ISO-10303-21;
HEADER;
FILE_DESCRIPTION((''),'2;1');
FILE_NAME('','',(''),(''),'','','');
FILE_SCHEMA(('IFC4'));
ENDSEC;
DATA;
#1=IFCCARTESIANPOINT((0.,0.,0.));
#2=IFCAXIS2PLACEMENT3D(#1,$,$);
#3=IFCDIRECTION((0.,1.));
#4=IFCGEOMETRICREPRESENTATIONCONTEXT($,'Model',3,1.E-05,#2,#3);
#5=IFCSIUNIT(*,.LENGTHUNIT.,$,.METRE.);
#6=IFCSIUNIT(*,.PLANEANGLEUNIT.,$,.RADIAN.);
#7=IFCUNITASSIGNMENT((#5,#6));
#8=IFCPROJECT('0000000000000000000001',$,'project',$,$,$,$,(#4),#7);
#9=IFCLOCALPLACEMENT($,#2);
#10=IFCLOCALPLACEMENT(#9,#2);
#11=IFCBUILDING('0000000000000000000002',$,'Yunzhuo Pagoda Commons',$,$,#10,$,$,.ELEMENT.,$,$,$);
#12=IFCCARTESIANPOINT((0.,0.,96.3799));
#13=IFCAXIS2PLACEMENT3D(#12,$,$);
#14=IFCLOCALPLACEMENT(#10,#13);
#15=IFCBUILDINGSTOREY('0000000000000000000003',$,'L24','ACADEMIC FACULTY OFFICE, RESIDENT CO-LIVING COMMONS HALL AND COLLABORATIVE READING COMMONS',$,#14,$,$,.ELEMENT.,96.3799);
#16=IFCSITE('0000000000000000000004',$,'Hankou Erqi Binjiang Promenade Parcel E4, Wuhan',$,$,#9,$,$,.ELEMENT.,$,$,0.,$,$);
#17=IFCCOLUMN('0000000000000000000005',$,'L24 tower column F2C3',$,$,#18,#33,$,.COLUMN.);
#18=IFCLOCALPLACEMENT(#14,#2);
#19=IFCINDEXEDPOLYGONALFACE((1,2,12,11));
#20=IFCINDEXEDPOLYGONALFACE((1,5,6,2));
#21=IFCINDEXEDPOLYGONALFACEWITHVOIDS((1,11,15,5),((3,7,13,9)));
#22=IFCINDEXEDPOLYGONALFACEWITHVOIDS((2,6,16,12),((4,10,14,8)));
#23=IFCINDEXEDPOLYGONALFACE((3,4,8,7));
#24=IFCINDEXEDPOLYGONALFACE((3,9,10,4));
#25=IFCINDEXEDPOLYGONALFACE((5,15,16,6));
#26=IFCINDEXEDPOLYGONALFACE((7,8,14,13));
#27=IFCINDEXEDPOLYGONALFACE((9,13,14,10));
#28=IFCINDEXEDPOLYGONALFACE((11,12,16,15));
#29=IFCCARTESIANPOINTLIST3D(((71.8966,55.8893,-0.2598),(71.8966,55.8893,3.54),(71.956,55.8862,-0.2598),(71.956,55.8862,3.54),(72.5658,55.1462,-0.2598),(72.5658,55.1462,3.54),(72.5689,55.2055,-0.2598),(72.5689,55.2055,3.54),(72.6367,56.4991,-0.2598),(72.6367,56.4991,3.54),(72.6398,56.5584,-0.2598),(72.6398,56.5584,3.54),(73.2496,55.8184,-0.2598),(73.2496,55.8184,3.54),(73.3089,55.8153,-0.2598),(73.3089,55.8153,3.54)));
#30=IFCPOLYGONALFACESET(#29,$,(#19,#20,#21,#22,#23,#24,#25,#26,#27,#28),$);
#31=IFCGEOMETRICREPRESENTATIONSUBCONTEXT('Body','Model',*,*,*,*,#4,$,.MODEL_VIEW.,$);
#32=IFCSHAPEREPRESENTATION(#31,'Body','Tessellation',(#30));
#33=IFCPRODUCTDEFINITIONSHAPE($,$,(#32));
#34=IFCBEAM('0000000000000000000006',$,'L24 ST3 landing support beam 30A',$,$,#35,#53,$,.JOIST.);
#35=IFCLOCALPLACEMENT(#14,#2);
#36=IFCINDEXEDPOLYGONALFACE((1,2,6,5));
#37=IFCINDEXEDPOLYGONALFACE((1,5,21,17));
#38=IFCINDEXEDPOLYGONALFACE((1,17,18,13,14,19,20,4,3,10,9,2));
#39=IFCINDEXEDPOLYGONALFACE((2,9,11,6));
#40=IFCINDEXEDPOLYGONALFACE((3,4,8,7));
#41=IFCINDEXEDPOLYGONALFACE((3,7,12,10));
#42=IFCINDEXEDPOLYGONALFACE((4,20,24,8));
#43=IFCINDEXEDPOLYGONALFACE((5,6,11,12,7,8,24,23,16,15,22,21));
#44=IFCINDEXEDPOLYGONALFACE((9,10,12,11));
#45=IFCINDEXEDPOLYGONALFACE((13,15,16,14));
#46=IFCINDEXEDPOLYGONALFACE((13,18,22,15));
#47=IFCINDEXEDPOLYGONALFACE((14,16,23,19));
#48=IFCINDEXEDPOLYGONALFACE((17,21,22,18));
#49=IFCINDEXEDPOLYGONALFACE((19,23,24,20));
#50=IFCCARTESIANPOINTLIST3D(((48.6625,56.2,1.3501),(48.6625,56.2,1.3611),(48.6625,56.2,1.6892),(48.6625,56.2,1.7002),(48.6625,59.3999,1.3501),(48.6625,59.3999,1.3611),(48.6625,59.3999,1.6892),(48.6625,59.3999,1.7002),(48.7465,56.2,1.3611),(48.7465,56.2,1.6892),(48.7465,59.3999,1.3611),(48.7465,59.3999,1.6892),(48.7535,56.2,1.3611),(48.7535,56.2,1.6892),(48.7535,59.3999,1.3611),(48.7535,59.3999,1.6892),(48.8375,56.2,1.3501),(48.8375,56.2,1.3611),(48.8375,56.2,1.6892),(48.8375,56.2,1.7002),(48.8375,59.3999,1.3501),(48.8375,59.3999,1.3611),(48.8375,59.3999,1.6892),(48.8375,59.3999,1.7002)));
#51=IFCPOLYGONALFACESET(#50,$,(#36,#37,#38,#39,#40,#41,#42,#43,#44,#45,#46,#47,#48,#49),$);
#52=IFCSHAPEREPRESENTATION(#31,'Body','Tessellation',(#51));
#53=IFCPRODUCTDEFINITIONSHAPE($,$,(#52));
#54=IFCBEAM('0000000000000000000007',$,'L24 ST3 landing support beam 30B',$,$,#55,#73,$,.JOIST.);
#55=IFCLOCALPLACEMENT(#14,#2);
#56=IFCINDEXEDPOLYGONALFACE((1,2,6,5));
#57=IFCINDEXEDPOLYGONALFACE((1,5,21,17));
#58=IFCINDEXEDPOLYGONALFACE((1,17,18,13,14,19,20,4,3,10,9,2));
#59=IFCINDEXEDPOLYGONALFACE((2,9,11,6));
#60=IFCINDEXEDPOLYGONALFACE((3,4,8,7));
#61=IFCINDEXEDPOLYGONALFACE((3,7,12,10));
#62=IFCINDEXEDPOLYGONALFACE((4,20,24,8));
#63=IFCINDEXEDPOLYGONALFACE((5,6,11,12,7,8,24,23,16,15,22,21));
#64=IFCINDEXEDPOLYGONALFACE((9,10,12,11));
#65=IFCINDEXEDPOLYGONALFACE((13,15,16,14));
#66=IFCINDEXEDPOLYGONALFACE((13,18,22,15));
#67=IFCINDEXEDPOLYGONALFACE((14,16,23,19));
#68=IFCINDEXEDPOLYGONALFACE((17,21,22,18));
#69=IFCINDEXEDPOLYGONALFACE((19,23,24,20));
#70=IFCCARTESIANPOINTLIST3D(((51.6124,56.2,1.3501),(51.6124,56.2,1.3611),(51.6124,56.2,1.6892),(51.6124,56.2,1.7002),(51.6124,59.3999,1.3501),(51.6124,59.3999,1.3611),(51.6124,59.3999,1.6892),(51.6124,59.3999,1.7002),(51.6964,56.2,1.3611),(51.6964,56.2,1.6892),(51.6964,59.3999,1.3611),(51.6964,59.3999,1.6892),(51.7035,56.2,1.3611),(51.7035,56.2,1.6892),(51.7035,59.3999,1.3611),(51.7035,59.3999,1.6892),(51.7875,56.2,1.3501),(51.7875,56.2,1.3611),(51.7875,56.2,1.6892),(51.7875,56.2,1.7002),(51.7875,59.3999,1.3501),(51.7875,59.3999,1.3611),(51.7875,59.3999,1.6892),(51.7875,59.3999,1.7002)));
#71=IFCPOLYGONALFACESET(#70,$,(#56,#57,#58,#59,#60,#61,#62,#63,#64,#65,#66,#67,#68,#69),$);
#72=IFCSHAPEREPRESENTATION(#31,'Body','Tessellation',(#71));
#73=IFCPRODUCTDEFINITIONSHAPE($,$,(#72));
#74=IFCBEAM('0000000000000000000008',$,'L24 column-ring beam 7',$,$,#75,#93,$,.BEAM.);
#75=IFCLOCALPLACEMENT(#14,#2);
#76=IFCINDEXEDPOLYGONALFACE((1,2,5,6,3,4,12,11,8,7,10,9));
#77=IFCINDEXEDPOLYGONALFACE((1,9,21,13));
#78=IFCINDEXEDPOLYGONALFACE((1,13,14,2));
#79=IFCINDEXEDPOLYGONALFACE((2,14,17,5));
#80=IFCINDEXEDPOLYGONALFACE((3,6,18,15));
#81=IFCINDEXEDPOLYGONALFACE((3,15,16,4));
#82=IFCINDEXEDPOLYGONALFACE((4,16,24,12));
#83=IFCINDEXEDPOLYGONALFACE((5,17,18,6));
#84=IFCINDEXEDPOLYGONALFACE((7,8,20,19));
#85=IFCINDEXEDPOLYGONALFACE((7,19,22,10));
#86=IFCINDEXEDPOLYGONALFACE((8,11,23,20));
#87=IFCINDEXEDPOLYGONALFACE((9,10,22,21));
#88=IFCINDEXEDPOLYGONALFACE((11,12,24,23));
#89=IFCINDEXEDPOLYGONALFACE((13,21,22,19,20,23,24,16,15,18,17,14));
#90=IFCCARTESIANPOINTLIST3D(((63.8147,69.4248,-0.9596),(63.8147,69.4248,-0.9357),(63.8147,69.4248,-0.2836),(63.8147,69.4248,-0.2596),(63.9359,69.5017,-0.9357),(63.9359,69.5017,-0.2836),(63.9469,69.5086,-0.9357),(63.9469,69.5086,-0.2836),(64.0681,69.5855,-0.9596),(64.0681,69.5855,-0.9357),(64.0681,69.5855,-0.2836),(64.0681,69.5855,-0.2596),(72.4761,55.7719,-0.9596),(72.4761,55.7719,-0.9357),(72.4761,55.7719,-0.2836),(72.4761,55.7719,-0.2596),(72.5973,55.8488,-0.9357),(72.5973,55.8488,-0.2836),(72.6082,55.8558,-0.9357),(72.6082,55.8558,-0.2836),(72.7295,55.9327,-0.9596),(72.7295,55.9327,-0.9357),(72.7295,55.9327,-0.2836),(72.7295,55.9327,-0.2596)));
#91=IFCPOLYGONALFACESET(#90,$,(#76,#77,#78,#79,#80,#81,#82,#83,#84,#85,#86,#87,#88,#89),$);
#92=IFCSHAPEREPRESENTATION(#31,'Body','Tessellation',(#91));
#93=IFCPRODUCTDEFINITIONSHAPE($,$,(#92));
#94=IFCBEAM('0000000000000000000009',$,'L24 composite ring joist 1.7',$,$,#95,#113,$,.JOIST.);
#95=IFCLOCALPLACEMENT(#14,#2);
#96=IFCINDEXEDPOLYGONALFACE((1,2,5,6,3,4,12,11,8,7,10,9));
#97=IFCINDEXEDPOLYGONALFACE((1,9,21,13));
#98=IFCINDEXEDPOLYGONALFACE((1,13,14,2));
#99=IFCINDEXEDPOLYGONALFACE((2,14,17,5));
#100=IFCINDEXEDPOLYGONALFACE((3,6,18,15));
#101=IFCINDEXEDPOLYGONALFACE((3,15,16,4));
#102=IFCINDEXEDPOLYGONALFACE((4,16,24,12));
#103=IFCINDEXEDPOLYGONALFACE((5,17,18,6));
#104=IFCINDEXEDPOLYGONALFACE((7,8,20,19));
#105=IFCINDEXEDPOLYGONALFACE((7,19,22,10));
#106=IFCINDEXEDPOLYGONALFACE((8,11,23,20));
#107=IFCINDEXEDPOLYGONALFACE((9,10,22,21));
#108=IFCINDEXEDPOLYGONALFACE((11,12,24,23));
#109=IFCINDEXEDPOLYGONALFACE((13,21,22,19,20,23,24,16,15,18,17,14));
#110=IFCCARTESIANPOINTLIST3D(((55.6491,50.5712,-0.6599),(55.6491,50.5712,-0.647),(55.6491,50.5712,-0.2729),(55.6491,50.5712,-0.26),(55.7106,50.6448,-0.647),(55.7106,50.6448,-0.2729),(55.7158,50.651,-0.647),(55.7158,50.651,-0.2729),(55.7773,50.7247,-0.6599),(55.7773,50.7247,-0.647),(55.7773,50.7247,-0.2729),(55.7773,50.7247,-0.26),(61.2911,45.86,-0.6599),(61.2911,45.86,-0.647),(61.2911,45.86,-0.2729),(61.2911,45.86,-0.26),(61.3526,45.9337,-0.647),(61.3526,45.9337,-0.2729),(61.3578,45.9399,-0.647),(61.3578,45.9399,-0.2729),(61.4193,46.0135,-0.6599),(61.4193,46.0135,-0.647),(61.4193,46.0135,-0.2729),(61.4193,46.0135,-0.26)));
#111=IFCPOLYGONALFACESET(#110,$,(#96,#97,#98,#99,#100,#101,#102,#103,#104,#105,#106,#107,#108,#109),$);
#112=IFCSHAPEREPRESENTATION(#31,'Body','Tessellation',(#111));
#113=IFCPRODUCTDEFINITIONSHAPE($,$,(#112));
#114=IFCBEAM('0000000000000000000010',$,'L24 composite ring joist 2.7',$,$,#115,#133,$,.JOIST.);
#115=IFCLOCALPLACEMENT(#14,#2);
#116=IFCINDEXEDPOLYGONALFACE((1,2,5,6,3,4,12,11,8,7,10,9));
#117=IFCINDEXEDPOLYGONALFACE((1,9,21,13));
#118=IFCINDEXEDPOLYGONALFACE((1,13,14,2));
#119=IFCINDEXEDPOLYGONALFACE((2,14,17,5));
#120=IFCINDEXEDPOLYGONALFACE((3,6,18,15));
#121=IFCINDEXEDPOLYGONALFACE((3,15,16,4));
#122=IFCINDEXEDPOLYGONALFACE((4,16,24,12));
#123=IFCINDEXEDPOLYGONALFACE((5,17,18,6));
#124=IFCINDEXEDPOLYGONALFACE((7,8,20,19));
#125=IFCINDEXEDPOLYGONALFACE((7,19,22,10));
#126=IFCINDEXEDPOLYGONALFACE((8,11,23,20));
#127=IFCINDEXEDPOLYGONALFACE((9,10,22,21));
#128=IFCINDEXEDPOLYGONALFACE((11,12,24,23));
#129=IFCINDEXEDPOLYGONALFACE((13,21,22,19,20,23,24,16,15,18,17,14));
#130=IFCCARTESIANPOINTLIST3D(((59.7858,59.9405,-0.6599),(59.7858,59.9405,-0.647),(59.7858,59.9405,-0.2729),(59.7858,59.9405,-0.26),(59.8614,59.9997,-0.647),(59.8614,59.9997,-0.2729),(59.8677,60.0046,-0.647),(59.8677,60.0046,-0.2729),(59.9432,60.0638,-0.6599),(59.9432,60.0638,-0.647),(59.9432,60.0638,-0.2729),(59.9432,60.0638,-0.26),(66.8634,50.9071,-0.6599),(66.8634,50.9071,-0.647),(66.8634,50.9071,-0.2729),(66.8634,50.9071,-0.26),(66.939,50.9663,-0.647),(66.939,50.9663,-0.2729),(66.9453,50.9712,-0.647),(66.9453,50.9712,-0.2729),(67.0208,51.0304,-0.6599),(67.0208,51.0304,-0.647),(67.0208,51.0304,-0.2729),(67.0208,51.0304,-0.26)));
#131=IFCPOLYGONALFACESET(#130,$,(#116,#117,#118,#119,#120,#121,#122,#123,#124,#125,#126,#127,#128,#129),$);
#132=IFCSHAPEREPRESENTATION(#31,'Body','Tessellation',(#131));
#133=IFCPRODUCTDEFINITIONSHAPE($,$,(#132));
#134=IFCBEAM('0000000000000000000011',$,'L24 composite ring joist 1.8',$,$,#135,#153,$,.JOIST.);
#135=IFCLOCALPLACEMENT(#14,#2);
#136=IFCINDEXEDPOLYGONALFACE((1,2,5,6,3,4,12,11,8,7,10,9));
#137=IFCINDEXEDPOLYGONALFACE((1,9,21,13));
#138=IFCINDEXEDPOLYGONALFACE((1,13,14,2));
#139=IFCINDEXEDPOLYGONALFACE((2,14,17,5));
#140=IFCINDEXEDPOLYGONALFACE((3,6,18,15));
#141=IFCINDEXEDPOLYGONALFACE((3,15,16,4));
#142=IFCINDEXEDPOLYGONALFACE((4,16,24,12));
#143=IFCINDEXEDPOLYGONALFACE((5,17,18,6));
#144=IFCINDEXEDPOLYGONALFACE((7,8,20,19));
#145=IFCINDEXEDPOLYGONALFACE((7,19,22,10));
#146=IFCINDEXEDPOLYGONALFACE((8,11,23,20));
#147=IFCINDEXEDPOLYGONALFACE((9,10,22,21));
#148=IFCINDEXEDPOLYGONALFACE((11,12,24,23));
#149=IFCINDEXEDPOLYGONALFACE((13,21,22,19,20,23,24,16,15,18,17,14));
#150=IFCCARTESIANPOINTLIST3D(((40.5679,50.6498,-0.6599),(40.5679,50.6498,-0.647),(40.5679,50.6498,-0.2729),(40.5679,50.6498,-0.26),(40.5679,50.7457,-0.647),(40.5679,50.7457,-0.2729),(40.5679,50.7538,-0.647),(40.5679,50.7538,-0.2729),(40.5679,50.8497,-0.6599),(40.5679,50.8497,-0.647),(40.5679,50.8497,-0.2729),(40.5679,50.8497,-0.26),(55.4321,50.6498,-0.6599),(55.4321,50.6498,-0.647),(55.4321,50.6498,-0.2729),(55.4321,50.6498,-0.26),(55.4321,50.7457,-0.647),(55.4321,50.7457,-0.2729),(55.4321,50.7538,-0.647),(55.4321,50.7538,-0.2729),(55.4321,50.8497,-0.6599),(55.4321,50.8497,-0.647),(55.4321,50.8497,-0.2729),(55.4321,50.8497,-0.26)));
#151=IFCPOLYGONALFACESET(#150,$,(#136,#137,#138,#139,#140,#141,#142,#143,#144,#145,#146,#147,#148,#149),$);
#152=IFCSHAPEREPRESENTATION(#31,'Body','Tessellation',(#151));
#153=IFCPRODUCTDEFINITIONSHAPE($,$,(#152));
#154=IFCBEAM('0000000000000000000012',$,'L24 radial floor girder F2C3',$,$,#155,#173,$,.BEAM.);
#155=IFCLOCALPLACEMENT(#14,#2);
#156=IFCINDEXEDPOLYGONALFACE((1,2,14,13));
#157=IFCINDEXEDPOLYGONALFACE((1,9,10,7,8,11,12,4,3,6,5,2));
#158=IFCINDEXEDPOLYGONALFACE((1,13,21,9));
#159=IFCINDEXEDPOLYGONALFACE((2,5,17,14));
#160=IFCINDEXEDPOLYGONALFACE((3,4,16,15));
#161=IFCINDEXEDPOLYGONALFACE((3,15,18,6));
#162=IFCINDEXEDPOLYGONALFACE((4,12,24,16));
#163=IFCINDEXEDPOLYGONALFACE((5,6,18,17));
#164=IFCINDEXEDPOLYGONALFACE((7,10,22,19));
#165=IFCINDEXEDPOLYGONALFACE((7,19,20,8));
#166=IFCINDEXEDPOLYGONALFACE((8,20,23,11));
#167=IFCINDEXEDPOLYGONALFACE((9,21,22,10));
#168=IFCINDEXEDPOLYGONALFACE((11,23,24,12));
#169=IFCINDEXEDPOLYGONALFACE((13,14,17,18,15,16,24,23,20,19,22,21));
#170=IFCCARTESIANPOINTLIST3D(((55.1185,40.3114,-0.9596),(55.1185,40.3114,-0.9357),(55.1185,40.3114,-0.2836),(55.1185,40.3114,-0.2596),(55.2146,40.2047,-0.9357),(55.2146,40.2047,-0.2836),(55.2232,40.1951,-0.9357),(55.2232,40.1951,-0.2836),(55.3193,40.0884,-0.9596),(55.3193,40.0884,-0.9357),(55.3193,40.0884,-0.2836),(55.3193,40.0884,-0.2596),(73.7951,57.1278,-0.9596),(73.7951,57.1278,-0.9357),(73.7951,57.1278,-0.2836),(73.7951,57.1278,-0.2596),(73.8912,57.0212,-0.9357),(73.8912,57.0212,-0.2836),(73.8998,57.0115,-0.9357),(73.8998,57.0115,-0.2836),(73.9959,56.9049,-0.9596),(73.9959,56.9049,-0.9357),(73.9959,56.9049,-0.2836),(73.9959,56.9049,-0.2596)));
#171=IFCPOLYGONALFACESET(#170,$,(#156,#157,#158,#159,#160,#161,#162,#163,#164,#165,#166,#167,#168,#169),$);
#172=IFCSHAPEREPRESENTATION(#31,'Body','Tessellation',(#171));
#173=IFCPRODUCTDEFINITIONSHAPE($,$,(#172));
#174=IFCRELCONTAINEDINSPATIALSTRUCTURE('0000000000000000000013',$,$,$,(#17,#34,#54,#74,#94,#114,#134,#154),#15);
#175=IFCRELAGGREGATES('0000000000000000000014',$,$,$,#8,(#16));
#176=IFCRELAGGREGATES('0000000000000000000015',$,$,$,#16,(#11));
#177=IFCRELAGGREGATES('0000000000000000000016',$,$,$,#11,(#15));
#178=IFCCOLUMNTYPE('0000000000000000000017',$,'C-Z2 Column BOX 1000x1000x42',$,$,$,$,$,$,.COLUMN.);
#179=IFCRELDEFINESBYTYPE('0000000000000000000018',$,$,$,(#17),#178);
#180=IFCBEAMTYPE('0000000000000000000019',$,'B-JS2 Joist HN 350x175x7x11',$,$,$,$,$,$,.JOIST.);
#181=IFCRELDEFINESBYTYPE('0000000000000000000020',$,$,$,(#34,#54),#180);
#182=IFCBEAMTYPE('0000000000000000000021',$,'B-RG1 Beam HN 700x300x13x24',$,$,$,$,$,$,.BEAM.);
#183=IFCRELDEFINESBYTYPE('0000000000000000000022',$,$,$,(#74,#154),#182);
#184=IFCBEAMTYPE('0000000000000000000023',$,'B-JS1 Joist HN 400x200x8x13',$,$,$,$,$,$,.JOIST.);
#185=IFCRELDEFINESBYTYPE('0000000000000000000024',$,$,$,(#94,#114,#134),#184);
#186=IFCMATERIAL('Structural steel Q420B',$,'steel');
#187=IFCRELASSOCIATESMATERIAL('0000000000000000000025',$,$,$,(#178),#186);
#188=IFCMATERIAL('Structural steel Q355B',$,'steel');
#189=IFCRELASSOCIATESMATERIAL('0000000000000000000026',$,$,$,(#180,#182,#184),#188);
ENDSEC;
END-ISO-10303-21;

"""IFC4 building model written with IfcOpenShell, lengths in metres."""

from ifc_helpers import new_model, si_unit, direction, frame, origin, origin_2d, place, context, subcontext, project, spatial, hollow_rectangle, i_section, extrude, source, transform, mapped, material, material_profile, profile_set, type_object, element, save


model = new_model("IFC4")

# Units and contexts
model_context = context("Model", 3, precision=1e-05, world=origin(), true_north=direction((0.0, 1.0)))
body_context = subcontext(model_context, "Body", "Model", "MODEL_VIEW")
ifc_project = project(units=[si_unit("LENGTHUNIT", "METRE"), si_unit("PLANEANGLEUNIT", "RADIAN")], contexts=[model_context])

# Site, building, storey
site_placement = place(None, origin())
site = spatial("IfcSite", under=ifc_project, at=site_placement, Name="Hankou Erqi Binjiang Promenade Parcel E4, Wuhan", CompositionType="ELEMENT", RefElevation=0.0)
building_placement = place(site_placement, origin())
building = spatial("IfcBuilding", under=site, at=building_placement, Name="Yunzhuo Pagoda Commons", CompositionType="ELEMENT")
storey_placement = place(building_placement, frame((0.0, 0.0, 96.3799)))
storey = spatial("IfcBuildingStorey", under=building, at=storey_placement, Name="L24", Description="ACADEMIC FACULTY OFFICE, RESIDENT CO-LIVING COMMONS HALL AND COLLABORATIVE READING COMMONS", CompositionType="ELEMENT", Elevation=96.3799)

# Column
ifc_material_1 = material(Name="Structural steel Q420B", Category="steel")
ifc_material_profile_1 = material_profile(ifc_material_1, hollow_rectangle(XDim=1.0, YDim=1.0, WallThickness=0.042, at=origin_2d()), Name="Structural steel Q420B")
ifc_profile_set_1 = profile_set([ifc_material_profile_1], Name="Structural steel Q420B")
column_type = type_object("IfcColumnType", Name="C-Z2 Column BOX 1000x1000x42", PredefinedType="COLUMN", material=ifc_profile_set_1)
shared_shape_1 = source(origin(), body_context, "Body", "SweptSolid", [
    extrude(hollow_rectangle(XDim=1.0, YDim=1.0, WallThickness=0.042, at=origin_2d()), origin(), (0.0, 0.0, 1.0), 3.7998),
])
column_placement = place(storey_placement, frame((72.6028, 55.8523, -0.2598), z_axis=(0.0, 0.0, 1.0), x_axis=(-0.669131, 0.743145, 0.0)))
element("IfcColumn", 1, at=column_placement, inside=storey, type_object=column_type, Name="L24 tower column F2C3", PredefinedType="COLUMN", context=body_context, shape_type="MappedRepresentation", body=[
    mapped(shared_shape_1, transform((0.0, 0.0, 0.0), scale=1.0)),
])

# Beams
ifc_material_2 = material(Name="Structural steel Q355B", Category="steel")
ifc_material_profile_2 = material_profile(ifc_material_2, i_section(OverallWidth=0.175, OverallDepth=0.3501, WebThickness=0.0071, FlangeThickness=0.011, at=origin_2d()), Name="Structural steel Q355B")
ifc_profile_set_2 = profile_set([ifc_material_profile_2], Name="Structural steel Q355B")
beam_type_1 = type_object("IfcBeamType", Name="B-JS2 Joist HN 350x175x7x11", PredefinedType="JOIST", material=ifc_profile_set_2)
shared_shape_2 = source(origin(), body_context, "Body", "SweptSolid", [
    extrude(i_section(OverallWidth=0.175, OverallDepth=0.3501, WebThickness=0.0071, FlangeThickness=0.011, at=origin_2d()), origin(), (0.0, 0.0, 1.0), 3.2),
])
for number, where, z_axis, x_axis, name in (
    (2, (48.75, 56.2, 1.5251), (0.0, 1.0, 0.0), (-1.0, 0.0, 0.0), "L24 ST3 landing support beam 30A"),
    (3, (51.7, 56.2, 1.5251), (0.0, 1.0, 0.0), (-1.0, 0.0, 0.0), "L24 ST3 landing support beam 30B"),
):
    element("IfcBeam", number, at=place(storey_placement, frame(where, z_axis=z_axis, x_axis=x_axis)), inside=storey, type_object=beam_type_1, Name=name, PredefinedType="JOIST", context=body_context, shape_type="MappedRepresentation", body=[
        mapped(shared_shape_2, transform((0.0, 0.0, 0.0), scale=1.0)),
    ])
ifc_material_profile_3 = material_profile(ifc_material_2, i_section(OverallWidth=0.3, OverallDepth=0.7, WebThickness=0.0129, FlangeThickness=0.0239, at=origin_2d()), Name="Structural steel Q355B")
ifc_profile_set_3 = profile_set([ifc_material_profile_3], Name="Structural steel Q355B")
beam_type_2 = type_object("IfcBeamType", Name="B-RG1 Beam HN 700x300x13x24", PredefinedType="BEAM", material=ifc_profile_set_3)
shared_shape_3 = source(origin(), body_context, "Body", "SweptSolid", [
    extrude(i_section(OverallWidth=0.3, OverallDepth=0.7, WebThickness=0.0129, FlangeThickness=0.0239, at=origin_2d()), origin(), (0.0, 0.0, 1.0), 16.1685),
])
beam_1_placement = place(storey_placement, frame((72.6028, 55.8523, -0.6096), z_axis=(-0.535696, 0.844411, 0.0), x_axis=(-0.844411, -0.535696, 0.0)))
element("IfcBeam", 4, at=beam_1_placement, inside=storey, type_object=beam_type_2, Name="L24 column-ring beam 7", PredefinedType="BEAM", context=body_context, shape_type="MappedRepresentation", body=[
    mapped(shared_shape_3, transform((0.0, 0.0, 0.0), scale=1.0)),
])
ifc_material_profile_4 = material_profile(ifc_material_2, i_section(OverallWidth=0.2, OverallDepth=0.3999, WebThickness=0.0081, FlangeThickness=0.0129, at=origin_2d()), Name="Structural steel Q355B")
ifc_profile_set_4 = profile_set([ifc_material_profile_4], Name="Structural steel Q355B")
beam_type_3 = type_object("IfcBeamType", Name="B-JS1 Joist HN 400x200x8x13", PredefinedType="JOIST", material=ifc_profile_set_4)
shared_shape_4 = source(origin(), body_context, "Body", "SweptSolid", [
    extrude(i_section(OverallWidth=0.2, OverallDepth=0.3999, WebThickness=0.0081, FlangeThickness=0.0129, at=origin_2d()), origin(), (0.0, 0.0, 1.0), 7.3503),
])
beam_2_placement = place(storey_placement, frame((61.3552, 45.9368, -0.46), z_axis=(-0.767589, 0.640942, 0.0), x_axis=(-0.640942, -0.767589, 0.0)))
element("IfcBeam", 5, at=beam_2_placement, inside=storey, type_object=beam_type_3, Name="L24 composite ring joist 1.7", PredefinedType="JOIST", context=body_context, shape_type="MappedRepresentation", body=[
    mapped(shared_shape_4, transform((0.0, 0.0, 0.0), scale=1.0)),
])
shared_shape_5 = source(origin(), body_context, "Body", "SweptSolid", [
    extrude(i_section(OverallWidth=0.2, OverallDepth=0.3999, WebThickness=0.0081, FlangeThickness=0.0129, at=origin_2d()), origin(), (0.0, 0.0, 1.0), 11.4758),
])
beam_3_placement = place(storey_placement, frame((66.9421, 50.9688, -0.46), z_axis=(-0.61674, 0.787167, 0.0), x_axis=(-0.787167, -0.61674, 0.0)))
element("IfcBeam", 6, at=beam_3_placement, inside=storey, type_object=beam_type_3, Name="L24 composite ring joist 2.7", PredefinedType="JOIST", context=body_context, shape_type="MappedRepresentation", body=[
    mapped(shared_shape_5, transform((0.0, 0.0, 0.0), scale=1.0)),
])
shared_shape_6 = source(origin(), body_context, "Body", "SweptSolid", [
    extrude(i_section(OverallWidth=0.2, OverallDepth=0.3999, WebThickness=0.0081, FlangeThickness=0.0129, at=origin_2d()), origin(), (0.0, 0.0, 1.0), 14.8643),
])
beam_4_placement = place(storey_placement, frame((55.4321, 50.7498, -0.46), z_axis=(-1.0, 0.0, 0.0), x_axis=(0.0, -1.0, 0.0)))
element("IfcBeam", 7, at=beam_4_placement, inside=storey, type_object=beam_type_3, Name="L24 composite ring joist 1.8", PredefinedType="JOIST", context=body_context, shape_type="MappedRepresentation", body=[
    mapped(shared_shape_6, transform((0.0, 0.0, 0.0), scale=1.0)),
])
shared_shape_7 = source(origin(), body_context, "Body", "SweptSolid", [
    extrude(i_section(OverallWidth=0.3, OverallDepth=0.7, WebThickness=0.0129, FlangeThickness=0.0239, at=origin_2d()), origin(), (0.0, 0.0, 1.0), 25.1318),
])
beam_5_placement = place(storey_placement, frame((73.8955, 57.0164, -0.6096), z_axis=(-0.743145, -0.669131, 0.0), x_axis=(0.669131, -0.743145, 0.0)))
element("IfcBeam", 8, at=beam_5_placement, inside=storey, type_object=beam_type_2, Name="L24 radial floor girder F2C3", PredefinedType="BEAM", context=body_context, shape_type="MappedRepresentation", body=[
    mapped(shared_shape_7, transform((0.0, 0.0, 0.0), scale=1.0)),
])

save(model, "model.ifc")
